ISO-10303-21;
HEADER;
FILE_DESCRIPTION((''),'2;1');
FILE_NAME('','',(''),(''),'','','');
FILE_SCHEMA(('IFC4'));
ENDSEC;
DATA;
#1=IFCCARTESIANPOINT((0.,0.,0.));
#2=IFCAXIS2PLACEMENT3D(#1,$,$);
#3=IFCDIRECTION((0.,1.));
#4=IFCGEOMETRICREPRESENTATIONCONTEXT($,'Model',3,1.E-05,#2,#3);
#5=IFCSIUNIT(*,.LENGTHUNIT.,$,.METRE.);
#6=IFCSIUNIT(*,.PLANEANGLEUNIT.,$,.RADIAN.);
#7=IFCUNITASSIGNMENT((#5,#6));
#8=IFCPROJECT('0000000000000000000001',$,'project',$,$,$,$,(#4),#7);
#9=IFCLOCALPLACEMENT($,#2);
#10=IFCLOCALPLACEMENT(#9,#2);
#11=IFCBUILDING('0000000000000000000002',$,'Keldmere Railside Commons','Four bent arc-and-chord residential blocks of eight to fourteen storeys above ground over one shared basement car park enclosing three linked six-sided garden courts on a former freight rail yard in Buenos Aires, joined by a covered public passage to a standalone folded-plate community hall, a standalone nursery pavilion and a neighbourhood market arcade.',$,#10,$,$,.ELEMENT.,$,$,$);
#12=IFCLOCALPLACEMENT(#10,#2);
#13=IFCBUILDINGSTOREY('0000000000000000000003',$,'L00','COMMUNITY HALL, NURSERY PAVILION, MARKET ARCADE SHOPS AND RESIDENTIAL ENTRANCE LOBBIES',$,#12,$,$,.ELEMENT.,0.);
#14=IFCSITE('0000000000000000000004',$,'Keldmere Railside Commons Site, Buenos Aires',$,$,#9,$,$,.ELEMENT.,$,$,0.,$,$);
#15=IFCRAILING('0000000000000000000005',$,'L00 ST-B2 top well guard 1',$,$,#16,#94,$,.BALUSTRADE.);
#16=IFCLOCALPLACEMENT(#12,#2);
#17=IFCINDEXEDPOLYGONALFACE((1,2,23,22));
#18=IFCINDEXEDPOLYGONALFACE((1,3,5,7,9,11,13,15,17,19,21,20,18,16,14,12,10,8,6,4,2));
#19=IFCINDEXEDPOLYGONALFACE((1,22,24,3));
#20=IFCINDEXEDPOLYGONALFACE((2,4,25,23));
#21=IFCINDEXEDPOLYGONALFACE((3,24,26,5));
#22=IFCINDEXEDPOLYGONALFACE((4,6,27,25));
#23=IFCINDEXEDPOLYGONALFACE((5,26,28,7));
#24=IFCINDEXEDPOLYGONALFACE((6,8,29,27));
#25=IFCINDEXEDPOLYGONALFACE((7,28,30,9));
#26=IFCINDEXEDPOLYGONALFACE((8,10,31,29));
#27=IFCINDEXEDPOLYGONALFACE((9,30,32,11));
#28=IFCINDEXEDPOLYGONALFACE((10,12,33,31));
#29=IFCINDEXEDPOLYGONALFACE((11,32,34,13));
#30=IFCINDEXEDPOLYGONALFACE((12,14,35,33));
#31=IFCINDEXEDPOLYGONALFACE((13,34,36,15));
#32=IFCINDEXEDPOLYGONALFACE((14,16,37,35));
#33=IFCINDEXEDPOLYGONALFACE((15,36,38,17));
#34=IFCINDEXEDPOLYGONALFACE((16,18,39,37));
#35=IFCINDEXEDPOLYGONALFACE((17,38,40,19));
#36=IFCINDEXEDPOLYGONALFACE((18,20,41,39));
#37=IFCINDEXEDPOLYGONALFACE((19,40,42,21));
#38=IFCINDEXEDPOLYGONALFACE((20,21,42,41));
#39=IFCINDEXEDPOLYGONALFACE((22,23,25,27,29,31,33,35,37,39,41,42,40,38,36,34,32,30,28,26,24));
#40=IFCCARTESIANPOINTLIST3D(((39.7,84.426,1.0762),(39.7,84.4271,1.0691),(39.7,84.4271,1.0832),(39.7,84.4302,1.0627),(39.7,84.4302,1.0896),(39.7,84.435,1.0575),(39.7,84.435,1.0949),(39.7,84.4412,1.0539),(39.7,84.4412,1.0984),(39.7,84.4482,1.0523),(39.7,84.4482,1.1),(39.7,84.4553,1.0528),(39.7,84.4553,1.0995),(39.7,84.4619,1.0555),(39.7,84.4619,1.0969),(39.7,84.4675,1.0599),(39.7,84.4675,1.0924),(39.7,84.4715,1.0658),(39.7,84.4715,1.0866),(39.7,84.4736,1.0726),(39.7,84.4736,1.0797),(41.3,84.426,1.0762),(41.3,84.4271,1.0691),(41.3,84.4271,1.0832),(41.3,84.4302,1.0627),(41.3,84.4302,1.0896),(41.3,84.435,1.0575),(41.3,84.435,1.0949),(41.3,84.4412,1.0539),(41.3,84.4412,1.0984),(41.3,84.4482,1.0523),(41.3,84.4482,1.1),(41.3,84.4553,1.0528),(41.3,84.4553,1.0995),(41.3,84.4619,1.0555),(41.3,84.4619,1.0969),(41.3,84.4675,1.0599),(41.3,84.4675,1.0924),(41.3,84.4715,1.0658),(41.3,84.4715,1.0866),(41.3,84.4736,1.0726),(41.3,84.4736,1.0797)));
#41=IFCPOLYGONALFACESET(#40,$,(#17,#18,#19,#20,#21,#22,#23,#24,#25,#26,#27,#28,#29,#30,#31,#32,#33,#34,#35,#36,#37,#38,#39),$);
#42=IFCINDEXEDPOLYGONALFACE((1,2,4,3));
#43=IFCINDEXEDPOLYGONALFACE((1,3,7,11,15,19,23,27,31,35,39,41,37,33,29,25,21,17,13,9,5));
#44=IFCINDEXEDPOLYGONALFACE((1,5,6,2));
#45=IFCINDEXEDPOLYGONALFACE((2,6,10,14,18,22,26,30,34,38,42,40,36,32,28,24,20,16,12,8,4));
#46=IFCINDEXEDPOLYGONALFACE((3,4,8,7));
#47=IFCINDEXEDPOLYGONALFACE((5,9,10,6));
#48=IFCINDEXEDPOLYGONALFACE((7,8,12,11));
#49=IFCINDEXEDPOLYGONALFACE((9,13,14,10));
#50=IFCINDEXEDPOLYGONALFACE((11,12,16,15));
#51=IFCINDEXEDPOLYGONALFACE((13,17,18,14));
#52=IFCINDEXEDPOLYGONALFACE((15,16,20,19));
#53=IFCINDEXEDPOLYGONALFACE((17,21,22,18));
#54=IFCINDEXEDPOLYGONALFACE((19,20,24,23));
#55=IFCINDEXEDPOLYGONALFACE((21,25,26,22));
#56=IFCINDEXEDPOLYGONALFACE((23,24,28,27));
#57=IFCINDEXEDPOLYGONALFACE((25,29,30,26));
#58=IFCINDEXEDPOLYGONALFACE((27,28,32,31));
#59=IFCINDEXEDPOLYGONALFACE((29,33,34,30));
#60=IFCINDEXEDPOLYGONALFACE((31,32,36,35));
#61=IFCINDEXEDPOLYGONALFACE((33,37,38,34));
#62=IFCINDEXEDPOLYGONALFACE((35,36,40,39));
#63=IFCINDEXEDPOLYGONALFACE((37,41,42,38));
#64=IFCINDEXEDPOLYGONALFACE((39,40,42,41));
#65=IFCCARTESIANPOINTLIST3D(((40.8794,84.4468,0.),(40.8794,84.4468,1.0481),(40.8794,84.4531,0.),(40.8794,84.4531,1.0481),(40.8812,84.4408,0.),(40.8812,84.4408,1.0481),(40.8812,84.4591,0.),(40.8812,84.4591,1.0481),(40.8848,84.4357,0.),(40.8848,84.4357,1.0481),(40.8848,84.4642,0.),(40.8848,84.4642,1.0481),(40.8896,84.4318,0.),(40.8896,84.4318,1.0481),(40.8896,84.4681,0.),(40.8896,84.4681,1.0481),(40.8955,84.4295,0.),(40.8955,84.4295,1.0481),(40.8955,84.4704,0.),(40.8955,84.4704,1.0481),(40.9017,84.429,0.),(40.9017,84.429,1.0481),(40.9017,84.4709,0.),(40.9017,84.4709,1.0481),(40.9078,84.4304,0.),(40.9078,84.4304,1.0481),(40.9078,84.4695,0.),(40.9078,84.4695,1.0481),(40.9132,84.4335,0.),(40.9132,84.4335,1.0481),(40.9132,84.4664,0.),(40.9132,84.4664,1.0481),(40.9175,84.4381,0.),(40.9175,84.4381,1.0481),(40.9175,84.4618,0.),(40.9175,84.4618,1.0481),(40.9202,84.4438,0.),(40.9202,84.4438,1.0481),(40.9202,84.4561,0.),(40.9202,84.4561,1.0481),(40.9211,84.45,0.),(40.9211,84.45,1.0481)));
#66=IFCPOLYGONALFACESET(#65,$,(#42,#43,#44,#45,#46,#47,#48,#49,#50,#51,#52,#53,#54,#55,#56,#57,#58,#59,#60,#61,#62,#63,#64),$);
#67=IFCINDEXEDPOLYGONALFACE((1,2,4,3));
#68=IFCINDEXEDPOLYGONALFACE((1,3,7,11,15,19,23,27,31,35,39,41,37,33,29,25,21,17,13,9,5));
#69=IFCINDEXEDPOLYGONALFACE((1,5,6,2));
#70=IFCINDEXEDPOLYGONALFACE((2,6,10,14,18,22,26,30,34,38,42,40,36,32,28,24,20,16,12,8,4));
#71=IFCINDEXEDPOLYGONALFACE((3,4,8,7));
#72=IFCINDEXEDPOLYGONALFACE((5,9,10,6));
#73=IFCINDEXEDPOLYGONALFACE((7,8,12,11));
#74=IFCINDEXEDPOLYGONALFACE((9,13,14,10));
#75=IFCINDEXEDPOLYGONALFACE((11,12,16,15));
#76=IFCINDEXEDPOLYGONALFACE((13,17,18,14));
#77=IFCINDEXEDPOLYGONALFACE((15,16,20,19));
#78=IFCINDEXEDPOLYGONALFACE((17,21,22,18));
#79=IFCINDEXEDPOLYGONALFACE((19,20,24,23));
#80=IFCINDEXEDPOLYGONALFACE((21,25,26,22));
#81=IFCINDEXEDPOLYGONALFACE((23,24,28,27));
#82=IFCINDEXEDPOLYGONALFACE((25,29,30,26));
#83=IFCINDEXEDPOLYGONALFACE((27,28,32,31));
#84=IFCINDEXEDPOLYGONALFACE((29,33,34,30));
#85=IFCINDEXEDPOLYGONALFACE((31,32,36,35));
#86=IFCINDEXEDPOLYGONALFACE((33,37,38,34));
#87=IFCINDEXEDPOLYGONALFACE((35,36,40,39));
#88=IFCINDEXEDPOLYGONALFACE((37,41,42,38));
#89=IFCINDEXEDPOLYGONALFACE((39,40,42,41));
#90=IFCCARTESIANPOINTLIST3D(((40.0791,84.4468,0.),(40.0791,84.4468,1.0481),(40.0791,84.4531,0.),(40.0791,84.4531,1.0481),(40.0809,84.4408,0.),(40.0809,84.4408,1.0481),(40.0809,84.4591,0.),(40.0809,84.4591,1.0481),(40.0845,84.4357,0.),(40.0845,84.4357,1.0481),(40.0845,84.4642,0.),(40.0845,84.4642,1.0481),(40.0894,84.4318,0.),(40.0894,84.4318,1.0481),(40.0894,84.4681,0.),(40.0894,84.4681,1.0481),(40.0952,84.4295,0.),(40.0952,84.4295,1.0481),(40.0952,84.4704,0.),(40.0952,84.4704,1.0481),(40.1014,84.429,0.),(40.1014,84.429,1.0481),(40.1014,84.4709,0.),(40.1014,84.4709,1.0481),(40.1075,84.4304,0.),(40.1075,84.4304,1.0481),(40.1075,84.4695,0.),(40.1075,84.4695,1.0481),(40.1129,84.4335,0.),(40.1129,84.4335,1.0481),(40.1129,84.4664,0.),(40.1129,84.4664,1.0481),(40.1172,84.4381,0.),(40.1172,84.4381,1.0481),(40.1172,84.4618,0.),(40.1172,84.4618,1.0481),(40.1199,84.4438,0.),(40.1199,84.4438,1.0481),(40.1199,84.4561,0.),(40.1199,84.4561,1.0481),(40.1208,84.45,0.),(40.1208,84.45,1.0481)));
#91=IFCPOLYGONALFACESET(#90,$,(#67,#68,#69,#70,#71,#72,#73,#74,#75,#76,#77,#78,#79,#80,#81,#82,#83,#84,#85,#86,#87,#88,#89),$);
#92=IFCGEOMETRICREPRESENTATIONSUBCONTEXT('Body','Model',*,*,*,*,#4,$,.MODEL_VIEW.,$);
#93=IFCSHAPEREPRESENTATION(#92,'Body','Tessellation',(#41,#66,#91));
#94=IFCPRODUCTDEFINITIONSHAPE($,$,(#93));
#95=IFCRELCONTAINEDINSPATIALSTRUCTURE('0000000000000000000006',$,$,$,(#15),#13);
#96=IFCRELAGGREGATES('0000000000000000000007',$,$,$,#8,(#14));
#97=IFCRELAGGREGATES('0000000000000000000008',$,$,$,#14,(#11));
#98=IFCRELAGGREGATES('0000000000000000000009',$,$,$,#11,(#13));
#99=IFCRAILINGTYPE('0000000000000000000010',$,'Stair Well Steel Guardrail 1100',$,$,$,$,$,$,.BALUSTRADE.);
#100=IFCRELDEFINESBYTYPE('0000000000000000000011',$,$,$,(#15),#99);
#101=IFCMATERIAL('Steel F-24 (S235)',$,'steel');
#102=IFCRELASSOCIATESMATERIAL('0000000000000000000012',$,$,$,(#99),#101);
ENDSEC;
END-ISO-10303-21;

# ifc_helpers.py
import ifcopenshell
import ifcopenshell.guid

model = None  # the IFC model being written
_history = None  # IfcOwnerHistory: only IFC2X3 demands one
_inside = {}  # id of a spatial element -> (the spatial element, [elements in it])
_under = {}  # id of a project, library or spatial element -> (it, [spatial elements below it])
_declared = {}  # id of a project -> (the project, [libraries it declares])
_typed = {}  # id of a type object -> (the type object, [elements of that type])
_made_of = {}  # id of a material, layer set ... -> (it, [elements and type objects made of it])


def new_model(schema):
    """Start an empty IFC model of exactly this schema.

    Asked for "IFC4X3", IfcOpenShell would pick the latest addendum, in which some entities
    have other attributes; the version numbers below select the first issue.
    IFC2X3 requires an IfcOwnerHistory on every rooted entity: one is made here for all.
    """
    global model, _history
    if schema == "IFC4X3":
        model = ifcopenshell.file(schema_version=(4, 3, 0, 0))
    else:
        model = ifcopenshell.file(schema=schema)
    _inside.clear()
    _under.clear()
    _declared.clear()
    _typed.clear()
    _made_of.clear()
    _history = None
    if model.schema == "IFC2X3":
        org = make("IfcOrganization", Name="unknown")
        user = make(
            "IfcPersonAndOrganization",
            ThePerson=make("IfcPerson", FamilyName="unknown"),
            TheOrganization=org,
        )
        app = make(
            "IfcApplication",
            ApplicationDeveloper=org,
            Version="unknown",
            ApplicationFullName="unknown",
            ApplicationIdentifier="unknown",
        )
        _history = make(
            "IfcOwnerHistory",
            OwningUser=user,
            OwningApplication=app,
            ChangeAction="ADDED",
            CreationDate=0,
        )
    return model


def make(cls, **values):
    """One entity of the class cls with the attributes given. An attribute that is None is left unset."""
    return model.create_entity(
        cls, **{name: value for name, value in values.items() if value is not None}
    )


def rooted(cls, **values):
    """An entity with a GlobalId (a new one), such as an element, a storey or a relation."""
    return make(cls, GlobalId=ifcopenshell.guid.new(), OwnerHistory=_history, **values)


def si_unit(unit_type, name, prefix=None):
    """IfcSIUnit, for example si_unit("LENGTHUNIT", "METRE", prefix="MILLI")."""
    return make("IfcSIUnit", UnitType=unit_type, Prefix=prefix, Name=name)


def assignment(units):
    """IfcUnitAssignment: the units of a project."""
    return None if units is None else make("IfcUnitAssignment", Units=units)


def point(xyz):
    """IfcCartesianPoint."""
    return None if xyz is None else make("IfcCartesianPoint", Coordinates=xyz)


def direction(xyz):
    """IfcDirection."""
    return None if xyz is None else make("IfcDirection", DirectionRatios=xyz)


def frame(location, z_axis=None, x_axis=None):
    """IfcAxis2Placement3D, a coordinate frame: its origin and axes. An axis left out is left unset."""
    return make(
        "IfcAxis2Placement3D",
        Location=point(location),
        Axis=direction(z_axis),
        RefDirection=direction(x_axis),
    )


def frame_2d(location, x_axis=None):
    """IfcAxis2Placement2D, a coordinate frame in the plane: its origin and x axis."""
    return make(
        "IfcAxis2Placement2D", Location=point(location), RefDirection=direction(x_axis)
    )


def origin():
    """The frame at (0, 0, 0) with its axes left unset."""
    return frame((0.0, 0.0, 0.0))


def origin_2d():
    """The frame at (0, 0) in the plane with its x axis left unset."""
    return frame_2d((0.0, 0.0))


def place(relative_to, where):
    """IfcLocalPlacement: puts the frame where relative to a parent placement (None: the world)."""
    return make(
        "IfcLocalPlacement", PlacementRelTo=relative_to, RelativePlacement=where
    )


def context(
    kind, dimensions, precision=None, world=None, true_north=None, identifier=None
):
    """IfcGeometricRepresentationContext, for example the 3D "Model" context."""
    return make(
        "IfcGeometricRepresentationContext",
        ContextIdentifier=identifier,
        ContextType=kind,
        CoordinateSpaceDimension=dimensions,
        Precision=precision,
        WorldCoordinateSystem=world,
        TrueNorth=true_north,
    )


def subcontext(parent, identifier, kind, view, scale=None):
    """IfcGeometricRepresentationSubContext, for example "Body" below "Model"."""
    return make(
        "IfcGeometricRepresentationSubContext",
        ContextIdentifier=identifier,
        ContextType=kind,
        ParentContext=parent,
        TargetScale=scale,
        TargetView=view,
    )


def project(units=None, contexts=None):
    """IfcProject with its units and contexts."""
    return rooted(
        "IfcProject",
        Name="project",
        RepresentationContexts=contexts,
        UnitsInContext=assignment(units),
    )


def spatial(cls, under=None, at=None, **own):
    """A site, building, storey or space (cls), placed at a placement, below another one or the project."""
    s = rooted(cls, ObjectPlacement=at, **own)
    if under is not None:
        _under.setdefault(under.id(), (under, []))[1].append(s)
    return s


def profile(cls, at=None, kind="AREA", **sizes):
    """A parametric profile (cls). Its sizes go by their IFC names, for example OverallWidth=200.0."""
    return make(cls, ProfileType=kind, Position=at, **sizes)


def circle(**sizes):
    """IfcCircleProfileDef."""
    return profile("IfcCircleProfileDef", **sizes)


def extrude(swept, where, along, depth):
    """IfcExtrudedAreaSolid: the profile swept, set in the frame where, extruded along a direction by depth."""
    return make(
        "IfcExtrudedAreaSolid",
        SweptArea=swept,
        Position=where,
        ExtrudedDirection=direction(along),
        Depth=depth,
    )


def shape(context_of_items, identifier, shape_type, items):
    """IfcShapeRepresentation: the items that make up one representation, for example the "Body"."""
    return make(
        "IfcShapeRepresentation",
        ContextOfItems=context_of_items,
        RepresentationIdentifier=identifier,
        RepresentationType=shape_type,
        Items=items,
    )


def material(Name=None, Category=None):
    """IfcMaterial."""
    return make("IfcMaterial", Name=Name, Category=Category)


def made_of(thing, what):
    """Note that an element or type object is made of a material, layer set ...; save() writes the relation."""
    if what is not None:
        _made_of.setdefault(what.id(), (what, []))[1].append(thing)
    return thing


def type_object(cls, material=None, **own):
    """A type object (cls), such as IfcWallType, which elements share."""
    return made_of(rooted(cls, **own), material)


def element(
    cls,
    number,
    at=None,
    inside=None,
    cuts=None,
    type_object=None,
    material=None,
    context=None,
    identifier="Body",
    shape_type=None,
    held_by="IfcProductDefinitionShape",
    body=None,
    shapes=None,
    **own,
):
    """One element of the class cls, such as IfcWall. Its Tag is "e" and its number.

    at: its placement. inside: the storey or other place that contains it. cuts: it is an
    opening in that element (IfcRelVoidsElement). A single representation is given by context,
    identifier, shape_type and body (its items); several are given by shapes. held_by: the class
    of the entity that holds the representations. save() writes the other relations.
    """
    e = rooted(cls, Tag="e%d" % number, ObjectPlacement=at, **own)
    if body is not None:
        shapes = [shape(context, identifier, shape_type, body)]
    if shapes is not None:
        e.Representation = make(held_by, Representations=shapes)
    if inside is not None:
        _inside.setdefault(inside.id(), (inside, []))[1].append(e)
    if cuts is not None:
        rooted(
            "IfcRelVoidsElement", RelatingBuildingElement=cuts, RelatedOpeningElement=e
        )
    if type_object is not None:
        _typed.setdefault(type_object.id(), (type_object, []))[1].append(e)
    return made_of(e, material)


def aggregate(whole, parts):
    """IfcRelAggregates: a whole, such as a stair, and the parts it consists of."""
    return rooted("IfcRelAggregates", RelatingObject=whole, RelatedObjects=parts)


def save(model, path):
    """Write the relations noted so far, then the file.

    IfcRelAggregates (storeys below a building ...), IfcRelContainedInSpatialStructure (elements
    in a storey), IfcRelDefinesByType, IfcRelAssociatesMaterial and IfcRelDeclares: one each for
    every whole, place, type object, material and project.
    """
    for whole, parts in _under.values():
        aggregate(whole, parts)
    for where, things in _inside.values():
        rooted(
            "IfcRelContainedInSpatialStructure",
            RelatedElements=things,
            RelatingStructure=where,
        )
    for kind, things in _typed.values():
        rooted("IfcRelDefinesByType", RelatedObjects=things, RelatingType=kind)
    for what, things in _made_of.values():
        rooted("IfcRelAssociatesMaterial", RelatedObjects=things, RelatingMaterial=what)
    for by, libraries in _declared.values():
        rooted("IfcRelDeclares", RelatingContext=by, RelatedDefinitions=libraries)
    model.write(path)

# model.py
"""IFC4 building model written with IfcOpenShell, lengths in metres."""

from ifc_helpers import new_model, si_unit, direction, frame, origin, origin_2d, place, context, subcontext, project, spatial, circle, extrude, material, type_object, element, save


model = new_model("IFC4")

# Units and contexts
model_context = context("Model", 3, precision=1e-05, world=origin(), true_north=direction((0.0, 1.0)))
body_context = subcontext(model_context, "Body", "Model", "MODEL_VIEW")
ifc_project = project(units=[si_unit("LENGTHUNIT", "METRE"), si_unit("PLANEANGLEUNIT", "RADIAN")], contexts=[model_context])

# Site, building, storey
site_placement = place(None, origin())
site = spatial("IfcSite", under=ifc_project, at=site_placement, Name="Keldmere Railside Commons Site, Buenos Aires", CompositionType="ELEMENT", RefElevation=0.0)
building_placement = place(site_placement, origin())
building = spatial("IfcBuilding", under=site, at=building_placement, Name="Keldmere Railside Commons", Description="Four bent arc-and-chord residential blocks of eight to fourteen storeys above ground over one shared basement car park enclosing three linked six-sided garden courts on a former freight rail yard in Buenos Aires, joined by a covered public passage to a standalone folded-plate community hall, a standalone nursery pavilion and a neighbourhood market arcade.", CompositionType="ELEMENT")
storey_placement = place(building_placement, origin())
storey = spatial("IfcBuildingStorey", under=building, at=storey_placement, Name="L00", Description="COMMUNITY HALL, NURSERY PAVILION, MARKET ARCADE SHOPS AND RESIDENTIAL ENTRANCE LOBBIES", CompositionType="ELEMENT", Elevation=0.0)

# Shared definitions
ifc_material_1 = material(Name="Steel F-24 (S235)", Category="steel")

# Railing
railing_type = type_object("IfcRailingType", Name="Stair Well Steel Guardrail 1100", PredefinedType="BALUSTRADE", material=ifc_material_1)
railing_1_placement = place(storey_placement, frame((41.3, 84.45, 0.0)))
element("IfcRailing", 1, at=railing_1_placement, inside=storey, type_object=railing_type, Name="L00 ST-B2 top well guard 1", PredefinedType="BALUSTRADE", context=body_context, shape_type="SweptSolid", body=[
    extrude(circle(Radius=0.0239, at=origin_2d()), frame((0.0, 0.0, 1.0762), z_axis=(-1.0, 0.0, 0.0), x_axis=(0.0, -1.0, 0.0)), (0.0, 0.0, 1.0), 1.6001),
    extrude(circle(Radius=0.021, at=origin_2d()), frame((-0.3999, 0.0, 0.0)), (0.0, 0.0, 1.0), 1.0481),
    extrude(circle(Radius=0.021, at=origin_2d()), frame((-1.2002, 0.0, 0.0)), (0.0, 0.0, 1.0), 1.0481),
])

save(model, "model.ifc")
